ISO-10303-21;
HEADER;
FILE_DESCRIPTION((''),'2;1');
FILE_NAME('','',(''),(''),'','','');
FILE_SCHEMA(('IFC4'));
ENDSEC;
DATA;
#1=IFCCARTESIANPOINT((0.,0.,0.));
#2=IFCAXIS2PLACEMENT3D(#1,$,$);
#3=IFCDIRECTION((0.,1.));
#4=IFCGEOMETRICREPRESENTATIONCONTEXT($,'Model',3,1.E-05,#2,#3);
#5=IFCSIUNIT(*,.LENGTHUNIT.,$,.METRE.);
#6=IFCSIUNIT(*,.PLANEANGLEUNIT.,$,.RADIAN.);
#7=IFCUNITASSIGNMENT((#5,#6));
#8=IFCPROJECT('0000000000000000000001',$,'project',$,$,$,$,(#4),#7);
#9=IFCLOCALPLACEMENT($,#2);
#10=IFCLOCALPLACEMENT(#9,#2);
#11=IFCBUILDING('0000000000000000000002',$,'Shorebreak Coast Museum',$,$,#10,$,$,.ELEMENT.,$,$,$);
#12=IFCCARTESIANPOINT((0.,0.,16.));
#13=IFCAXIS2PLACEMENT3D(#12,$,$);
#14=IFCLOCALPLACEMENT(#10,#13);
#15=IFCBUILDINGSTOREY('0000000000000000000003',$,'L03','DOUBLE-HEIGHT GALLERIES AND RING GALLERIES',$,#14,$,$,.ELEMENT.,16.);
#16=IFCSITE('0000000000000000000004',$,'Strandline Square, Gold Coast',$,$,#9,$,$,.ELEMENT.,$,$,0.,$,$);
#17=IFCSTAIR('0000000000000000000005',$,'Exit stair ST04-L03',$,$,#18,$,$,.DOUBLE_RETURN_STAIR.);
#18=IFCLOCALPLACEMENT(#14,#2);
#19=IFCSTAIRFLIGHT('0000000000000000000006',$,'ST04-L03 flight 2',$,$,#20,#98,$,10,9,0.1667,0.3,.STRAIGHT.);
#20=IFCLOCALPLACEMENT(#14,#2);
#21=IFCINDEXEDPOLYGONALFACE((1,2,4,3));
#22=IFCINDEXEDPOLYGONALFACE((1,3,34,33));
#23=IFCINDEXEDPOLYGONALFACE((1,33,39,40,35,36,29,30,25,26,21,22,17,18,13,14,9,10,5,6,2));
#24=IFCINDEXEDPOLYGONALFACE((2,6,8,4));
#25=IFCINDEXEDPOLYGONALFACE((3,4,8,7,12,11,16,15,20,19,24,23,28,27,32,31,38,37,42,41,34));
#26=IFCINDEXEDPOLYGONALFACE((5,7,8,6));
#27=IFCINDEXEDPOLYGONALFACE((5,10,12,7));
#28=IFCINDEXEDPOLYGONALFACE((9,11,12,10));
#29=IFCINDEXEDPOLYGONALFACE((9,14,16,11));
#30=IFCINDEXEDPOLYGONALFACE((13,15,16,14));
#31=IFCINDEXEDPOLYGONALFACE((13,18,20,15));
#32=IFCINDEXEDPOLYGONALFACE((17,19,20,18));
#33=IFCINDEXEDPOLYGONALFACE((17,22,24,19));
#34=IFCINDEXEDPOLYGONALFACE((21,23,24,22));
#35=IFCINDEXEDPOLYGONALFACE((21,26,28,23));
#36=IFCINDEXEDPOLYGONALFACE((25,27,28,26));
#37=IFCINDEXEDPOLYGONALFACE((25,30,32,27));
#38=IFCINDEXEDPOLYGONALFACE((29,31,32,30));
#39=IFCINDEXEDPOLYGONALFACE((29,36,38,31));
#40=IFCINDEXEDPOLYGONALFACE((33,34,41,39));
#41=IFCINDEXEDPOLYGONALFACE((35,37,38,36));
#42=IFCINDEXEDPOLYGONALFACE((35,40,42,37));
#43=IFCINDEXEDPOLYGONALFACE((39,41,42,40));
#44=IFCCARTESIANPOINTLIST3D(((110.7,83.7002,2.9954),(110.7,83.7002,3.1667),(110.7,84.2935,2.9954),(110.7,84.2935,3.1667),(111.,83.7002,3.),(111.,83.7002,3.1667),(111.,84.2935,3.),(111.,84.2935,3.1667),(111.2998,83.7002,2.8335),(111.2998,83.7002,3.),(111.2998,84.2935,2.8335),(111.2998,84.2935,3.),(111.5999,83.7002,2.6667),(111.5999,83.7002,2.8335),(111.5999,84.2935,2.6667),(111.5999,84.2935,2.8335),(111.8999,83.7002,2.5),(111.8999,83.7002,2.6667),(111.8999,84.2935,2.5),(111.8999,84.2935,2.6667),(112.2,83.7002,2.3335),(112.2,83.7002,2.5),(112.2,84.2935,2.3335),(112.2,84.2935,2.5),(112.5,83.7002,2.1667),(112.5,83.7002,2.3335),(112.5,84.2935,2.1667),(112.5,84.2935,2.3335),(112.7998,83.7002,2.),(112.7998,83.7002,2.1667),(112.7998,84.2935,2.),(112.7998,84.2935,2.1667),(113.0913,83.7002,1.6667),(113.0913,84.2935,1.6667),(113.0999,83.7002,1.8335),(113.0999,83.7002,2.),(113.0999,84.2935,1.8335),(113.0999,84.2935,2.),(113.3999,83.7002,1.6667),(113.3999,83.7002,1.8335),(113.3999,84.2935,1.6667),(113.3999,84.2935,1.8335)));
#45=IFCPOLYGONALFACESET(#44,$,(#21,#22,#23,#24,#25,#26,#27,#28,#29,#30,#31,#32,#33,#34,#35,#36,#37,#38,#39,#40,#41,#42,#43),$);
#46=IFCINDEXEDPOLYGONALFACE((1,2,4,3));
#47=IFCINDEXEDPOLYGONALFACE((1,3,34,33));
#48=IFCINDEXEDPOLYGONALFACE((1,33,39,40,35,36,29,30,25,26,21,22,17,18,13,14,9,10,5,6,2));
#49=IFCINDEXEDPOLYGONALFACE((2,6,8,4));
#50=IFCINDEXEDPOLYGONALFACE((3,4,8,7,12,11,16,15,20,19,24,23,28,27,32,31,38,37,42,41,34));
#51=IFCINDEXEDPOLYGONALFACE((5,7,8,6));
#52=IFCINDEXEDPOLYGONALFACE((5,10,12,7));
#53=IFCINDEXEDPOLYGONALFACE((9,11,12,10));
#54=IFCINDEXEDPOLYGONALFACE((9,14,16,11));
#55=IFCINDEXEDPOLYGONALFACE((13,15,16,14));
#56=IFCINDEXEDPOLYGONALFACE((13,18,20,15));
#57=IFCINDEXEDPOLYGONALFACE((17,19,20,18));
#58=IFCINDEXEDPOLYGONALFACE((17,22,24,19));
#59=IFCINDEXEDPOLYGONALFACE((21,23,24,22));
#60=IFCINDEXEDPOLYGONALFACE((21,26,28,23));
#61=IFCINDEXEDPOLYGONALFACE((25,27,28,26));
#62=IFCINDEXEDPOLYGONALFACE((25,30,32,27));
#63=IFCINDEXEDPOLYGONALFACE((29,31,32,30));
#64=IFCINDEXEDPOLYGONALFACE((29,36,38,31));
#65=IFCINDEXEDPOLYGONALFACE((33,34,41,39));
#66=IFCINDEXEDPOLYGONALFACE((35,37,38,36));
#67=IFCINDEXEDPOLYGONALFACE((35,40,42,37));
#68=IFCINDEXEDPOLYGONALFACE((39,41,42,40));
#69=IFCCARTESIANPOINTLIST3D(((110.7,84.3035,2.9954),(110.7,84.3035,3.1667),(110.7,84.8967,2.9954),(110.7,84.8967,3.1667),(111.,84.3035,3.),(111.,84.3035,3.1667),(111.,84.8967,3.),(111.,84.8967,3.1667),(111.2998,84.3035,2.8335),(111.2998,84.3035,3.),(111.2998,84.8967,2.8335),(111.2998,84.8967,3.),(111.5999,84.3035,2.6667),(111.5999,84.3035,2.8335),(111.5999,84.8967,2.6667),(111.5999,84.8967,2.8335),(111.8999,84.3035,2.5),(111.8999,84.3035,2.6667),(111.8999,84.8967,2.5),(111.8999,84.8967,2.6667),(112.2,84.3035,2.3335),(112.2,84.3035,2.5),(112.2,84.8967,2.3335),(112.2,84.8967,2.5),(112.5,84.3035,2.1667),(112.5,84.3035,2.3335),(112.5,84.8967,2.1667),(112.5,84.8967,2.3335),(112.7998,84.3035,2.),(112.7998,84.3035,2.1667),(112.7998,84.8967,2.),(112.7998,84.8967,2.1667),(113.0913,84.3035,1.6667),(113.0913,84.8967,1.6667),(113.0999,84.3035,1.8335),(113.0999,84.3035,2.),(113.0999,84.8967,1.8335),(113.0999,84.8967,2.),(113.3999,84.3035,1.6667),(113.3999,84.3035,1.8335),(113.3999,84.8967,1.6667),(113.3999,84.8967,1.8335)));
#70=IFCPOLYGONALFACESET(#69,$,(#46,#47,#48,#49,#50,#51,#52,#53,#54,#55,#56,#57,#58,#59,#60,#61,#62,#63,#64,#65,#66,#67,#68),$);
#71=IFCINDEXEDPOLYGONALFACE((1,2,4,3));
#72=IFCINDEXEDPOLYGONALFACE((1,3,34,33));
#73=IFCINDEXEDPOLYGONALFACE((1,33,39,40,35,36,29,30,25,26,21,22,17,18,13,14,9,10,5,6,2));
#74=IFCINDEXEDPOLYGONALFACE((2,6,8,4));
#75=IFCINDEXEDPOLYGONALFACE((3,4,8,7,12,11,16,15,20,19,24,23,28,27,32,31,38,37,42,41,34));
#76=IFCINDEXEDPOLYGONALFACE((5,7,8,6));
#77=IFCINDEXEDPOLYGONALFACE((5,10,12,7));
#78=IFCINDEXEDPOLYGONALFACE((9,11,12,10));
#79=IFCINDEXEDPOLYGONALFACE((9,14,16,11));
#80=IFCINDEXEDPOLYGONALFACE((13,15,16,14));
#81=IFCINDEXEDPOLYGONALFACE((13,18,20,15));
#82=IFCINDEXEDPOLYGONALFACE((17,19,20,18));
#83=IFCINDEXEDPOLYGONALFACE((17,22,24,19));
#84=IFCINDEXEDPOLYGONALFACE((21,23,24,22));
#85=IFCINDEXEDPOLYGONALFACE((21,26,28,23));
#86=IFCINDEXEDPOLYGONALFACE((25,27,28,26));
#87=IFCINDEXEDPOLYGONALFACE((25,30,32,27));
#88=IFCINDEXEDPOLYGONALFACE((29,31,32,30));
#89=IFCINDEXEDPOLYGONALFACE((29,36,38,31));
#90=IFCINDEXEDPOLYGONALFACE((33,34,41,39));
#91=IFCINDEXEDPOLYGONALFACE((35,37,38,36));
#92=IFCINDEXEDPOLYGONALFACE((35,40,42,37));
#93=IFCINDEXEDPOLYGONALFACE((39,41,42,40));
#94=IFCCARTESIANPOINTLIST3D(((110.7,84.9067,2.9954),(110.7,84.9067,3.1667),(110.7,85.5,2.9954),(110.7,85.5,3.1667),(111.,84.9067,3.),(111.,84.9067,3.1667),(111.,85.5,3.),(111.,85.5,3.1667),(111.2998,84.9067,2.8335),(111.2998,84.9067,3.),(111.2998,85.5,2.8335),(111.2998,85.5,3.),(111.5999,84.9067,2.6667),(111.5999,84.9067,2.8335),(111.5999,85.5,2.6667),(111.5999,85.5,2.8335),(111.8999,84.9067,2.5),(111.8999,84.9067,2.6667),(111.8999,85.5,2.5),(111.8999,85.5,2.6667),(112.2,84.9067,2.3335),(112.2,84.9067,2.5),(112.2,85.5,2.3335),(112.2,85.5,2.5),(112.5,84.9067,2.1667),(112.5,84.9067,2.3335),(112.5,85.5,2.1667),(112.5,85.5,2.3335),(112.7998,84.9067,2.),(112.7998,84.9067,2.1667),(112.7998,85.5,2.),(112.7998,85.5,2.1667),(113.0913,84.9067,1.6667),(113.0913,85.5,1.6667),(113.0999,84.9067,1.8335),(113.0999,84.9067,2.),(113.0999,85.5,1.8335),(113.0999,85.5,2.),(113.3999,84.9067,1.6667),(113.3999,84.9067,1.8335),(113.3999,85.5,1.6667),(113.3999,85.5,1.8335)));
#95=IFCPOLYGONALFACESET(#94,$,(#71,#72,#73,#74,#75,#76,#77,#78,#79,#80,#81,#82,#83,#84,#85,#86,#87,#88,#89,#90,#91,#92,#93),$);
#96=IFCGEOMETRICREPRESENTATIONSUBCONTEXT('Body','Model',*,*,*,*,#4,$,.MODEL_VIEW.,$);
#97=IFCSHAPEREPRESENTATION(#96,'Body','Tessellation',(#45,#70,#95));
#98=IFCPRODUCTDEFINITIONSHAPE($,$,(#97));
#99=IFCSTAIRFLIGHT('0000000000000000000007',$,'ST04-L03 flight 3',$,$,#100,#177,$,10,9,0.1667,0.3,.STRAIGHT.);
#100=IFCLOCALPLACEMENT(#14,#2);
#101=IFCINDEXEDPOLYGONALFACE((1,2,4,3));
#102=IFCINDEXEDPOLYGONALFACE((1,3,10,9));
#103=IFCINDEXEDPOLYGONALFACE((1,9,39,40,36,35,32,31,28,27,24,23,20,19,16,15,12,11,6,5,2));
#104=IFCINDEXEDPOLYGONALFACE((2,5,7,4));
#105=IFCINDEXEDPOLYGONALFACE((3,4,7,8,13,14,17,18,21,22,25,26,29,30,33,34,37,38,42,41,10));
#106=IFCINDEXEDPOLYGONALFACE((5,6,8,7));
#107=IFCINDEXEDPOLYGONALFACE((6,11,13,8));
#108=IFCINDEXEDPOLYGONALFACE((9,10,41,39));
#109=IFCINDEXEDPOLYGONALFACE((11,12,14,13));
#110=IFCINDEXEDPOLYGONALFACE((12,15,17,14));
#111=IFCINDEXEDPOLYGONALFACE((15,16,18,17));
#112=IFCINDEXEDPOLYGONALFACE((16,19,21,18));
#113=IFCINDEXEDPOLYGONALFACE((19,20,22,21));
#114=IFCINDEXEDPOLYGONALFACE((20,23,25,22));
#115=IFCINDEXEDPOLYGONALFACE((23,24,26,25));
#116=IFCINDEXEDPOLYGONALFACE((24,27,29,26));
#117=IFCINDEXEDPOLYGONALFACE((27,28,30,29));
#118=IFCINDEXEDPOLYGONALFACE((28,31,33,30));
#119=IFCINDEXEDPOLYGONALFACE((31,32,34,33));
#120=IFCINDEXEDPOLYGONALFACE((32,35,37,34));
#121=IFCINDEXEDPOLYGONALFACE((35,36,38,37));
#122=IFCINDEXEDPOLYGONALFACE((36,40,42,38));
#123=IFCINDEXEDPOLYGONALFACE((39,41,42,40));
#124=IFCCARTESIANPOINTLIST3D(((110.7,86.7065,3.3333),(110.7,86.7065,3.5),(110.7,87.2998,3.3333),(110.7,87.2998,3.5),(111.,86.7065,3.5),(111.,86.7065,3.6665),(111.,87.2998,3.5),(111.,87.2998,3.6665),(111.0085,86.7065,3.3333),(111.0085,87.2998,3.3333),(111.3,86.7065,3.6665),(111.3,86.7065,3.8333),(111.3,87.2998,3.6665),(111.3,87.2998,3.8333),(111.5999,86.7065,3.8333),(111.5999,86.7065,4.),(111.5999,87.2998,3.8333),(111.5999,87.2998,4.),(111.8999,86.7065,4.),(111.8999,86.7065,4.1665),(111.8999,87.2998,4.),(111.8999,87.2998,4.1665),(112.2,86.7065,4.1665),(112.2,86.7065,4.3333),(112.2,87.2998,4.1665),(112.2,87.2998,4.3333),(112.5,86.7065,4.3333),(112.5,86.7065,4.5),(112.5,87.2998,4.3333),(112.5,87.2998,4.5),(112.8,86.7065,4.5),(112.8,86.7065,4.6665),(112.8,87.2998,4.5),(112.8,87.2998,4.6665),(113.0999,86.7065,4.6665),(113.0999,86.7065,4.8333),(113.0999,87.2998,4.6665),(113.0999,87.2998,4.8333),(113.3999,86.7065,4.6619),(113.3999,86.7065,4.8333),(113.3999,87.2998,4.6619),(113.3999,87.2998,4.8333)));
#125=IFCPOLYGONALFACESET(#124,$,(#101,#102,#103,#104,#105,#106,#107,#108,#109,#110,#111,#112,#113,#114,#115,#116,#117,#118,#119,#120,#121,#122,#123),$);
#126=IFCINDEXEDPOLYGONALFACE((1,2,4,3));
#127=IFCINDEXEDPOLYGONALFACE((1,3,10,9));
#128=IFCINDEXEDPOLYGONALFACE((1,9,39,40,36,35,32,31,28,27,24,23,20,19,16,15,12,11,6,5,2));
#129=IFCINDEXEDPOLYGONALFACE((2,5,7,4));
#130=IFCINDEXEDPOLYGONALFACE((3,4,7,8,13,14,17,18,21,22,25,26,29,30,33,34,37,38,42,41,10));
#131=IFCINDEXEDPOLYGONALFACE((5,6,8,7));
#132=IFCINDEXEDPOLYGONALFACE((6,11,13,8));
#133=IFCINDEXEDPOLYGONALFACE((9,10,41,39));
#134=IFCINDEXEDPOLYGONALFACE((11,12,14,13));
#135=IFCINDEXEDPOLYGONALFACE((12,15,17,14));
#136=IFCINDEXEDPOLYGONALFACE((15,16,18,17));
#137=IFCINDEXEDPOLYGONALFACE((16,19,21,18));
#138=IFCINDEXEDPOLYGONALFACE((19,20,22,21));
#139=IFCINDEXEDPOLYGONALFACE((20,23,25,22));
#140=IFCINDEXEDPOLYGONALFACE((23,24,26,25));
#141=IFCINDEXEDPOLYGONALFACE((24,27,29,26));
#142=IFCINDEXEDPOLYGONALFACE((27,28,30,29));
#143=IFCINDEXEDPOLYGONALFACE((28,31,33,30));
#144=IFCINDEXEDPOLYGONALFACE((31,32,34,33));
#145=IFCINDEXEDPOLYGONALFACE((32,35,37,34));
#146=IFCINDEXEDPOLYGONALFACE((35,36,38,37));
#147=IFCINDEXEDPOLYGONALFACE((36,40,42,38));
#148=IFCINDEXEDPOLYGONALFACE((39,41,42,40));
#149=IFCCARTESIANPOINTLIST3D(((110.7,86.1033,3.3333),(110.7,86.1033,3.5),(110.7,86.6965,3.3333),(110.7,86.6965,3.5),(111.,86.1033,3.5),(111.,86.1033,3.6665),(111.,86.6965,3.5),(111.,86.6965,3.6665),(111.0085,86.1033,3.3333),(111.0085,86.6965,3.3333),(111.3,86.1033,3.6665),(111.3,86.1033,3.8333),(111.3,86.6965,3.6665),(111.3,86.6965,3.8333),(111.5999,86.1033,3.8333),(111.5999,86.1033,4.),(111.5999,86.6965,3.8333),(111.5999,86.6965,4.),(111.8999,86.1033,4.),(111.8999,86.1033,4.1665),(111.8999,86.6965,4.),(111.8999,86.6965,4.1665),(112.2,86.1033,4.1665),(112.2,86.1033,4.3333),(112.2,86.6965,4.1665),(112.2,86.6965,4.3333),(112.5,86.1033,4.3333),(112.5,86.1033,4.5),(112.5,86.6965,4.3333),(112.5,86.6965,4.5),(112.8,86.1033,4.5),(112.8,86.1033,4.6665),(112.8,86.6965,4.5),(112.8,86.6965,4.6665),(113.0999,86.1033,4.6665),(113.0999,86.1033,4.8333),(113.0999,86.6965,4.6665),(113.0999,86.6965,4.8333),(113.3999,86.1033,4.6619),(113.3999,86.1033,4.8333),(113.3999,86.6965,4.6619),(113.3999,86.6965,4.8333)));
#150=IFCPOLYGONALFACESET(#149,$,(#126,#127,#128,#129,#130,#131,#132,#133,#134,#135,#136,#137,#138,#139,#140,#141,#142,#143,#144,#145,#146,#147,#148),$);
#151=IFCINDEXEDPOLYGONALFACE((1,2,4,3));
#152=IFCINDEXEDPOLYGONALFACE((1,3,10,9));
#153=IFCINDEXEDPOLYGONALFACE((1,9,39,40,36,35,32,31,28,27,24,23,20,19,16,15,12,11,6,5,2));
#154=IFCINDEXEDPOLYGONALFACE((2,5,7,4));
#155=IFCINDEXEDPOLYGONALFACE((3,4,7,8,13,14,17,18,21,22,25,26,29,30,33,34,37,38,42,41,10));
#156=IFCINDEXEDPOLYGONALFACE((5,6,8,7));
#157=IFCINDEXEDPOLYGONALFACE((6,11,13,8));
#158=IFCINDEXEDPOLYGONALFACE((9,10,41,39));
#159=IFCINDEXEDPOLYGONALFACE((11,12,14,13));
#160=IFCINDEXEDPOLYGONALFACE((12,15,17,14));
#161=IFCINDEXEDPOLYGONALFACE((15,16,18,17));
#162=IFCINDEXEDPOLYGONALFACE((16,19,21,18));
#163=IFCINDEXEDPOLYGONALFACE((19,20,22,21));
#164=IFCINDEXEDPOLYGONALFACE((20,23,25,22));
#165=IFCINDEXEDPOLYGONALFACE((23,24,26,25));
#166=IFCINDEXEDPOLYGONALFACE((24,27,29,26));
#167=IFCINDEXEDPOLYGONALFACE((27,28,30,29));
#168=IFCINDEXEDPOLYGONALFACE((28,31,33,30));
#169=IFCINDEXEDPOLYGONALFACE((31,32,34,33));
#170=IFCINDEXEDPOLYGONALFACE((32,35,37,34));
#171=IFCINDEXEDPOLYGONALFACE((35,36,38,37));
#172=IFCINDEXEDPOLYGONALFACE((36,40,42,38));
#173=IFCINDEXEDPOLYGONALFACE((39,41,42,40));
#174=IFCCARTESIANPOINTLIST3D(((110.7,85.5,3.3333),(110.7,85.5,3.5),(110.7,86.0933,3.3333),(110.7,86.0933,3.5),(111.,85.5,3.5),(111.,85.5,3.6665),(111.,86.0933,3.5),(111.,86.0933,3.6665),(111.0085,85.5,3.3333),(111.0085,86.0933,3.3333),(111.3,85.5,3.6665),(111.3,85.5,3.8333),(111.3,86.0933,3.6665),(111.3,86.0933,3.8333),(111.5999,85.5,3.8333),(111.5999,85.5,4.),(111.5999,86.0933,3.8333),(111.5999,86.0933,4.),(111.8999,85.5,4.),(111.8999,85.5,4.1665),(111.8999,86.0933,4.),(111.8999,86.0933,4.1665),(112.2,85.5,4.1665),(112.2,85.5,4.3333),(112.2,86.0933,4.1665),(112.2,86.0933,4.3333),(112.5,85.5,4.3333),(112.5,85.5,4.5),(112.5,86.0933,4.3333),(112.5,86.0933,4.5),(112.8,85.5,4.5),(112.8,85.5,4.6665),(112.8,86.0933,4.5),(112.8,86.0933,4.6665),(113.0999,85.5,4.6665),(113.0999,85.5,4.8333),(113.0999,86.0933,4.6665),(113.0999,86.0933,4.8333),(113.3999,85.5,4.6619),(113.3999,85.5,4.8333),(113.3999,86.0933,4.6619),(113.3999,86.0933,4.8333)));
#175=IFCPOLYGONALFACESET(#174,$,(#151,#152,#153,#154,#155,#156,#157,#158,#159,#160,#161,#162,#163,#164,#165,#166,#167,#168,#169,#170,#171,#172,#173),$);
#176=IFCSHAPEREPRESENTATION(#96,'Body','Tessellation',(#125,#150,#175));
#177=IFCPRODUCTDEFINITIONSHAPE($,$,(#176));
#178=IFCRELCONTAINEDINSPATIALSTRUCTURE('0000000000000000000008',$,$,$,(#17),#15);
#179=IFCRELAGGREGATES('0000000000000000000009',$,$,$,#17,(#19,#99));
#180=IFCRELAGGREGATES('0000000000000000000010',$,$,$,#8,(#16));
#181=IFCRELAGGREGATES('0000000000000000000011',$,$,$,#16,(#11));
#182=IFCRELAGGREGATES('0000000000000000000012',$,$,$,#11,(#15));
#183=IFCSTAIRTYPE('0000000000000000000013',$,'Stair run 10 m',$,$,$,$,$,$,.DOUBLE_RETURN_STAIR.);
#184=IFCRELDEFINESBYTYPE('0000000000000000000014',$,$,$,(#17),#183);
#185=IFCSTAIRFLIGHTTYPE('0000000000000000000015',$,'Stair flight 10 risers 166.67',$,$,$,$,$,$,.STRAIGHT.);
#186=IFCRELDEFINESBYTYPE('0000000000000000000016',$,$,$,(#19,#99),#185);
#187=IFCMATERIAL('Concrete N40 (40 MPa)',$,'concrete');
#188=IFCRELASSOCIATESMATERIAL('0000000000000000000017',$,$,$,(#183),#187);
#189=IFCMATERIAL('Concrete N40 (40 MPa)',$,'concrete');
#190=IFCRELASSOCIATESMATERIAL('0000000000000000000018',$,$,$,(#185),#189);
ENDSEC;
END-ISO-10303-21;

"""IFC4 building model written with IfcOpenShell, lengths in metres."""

from ifc_helpers import new_model, si_unit, direction, frame, origin, place, context, subcontext, project, spatial, polyline, outline, extrude, material, type_object, element, aggregate, save


model = new_model("IFC4")

# Units and contexts
model_context = context("Model", 3, precision=1e-05, world=origin(), true_north=direction((0.0, 1.0)))
body_context = subcontext(model_context, "Body", "Model", "MODEL_VIEW")
ifc_project = project(units=[si_unit("LENGTHUNIT", "METRE"), si_unit("PLANEANGLEUNIT", "RADIAN")], contexts=[model_context])

# Site, building, storey
site_placement = place(None, origin())
site = spatial("IfcSite", under=ifc_project, at=site_placement, Name="Strandline Square, Gold Coast", CompositionType="ELEMENT", RefElevation=0.0)
building_placement = place(site_placement, origin())
building = spatial("IfcBuilding", under=site, at=building_placement, Name="Shorebreak Coast Museum", CompositionType="ELEMENT")
storey_placement = place(building_placement, frame((0.0, 0.0, 16.0)))
storey = spatial("IfcBuildingStorey", under=building, at=storey_placement, Name="L03", Description="DOUBLE-HEIGHT GALLERIES AND RING GALLERIES", CompositionType="ELEMENT", Elevation=16.0)

# Stair, stair flights
ifc_material_1 = material(Name="Concrete N40 (40 MPa)", Category="concrete")
stair_type = type_object("IfcStairType", Name="Stair run 10 m", PredefinedType="DOUBLE_RETURN_STAIR", material=ifc_material_1)
stair_placement = place(storey_placement, origin())
stair = element("IfcStair", 1, at=stair_placement, inside=storey, type_object=stair_type, Name="Exit stair ST04-L03", PredefinedType="DOUBLE_RETURN_STAIR")
ifc_material_2 = material(Name="Concrete N40 (40 MPa)", Category="concrete")
stair_flight_type = type_object("IfcStairFlightType", Name="Stair flight 10 risers 166.67", PredefinedType="STRAIGHT", material=ifc_material_2)
stair_flight_1_placement = place(storey_placement, frame((113.3999, 84.6001, 1.6667), z_axis=(0.0, 0.0, 1.0), x_axis=(-1.0, 0.0, 0.0)))
stair_flight_1 = element("IfcStairFlight", 2, at=stair_flight_1_placement, type_object=stair_flight_type, Name="ST04-L03 flight 2", NumberOfRisers=10, NumberOfTreads=9, PredefinedType="STRAIGHT", RiserHeight=0.1667, TreadLength=0.3, context=body_context, shape_type="SweptSolid", body=[
    extrude(outline(polyline([(0.0, 0.0), (0.0, 0.1667), (0.3, 0.1667), (0.3, 0.3333), (0.6001, 0.3333), (0.6001, 0.5), (0.8999, 0.5), (0.8999, 0.6667), (1.2, 0.6667), (1.2, 0.8333), (1.5, 0.8333), (1.5, 1.0), (1.8, 1.0), (1.8, 1.1667), (2.1001, 1.1667), (2.1001, 1.3333), (2.3999, 1.3333), (2.3999, 1.5), (2.7, 1.5), (2.7, 1.6667), (2.7, 1.3286), (0.3086, 0.0), (0.0, 0.0)])), frame((0.0, 0.8999, 0.0), z_axis=(0.0, -1.0, 0.0), x_axis=(1.0, 0.0, 0.0)), (0.0, 0.0, 1.0), 0.5933),
    extrude(outline(polyline([(0.0, 0.0), (0.0, 0.1667), (0.3, 0.1667), (0.3, 0.3333), (0.6001, 0.3333), (0.6001, 0.5), (0.8999, 0.5), (0.8999, 0.6667), (1.2, 0.6667), (1.2, 0.8333), (1.5, 0.8333), (1.5, 1.0), (1.8, 1.0), (1.8, 1.1667), (2.1001, 1.1667), (2.1001, 1.3333), (2.3999, 1.3333), (2.3999, 1.5), (2.7, 1.5), (2.7, 1.6667), (2.7, 1.3286), (0.3086, 0.0), (0.0, 0.0)])), frame((0.0, 0.2966, 0.0), z_axis=(0.0, -1.0, 0.0), x_axis=(1.0, 0.0, 0.0)), (0.0, 0.0, 1.0), 0.5933),
    extrude(outline(polyline([(0.0, 0.0), (0.0, 0.1667), (0.3, 0.1667), (0.3, 0.3333), (0.6001, 0.3333), (0.6001, 0.5), (0.8999, 0.5), (0.8999, 0.6667), (1.2, 0.6667), (1.2, 0.8333), (1.5, 0.8333), (1.5, 1.0), (1.8, 1.0), (1.8, 1.1667), (2.1001, 1.1667), (2.1001, 1.3333), (2.3999, 1.3333), (2.3999, 1.5), (2.7, 1.5), (2.7, 1.6667), (2.7, 1.3286), (0.3086, 0.0), (0.0, 0.0)])), frame((0.0, -0.3066, 0.0), z_axis=(0.0, -1.0, 0.0), x_axis=(1.0, 0.0, 0.0)), (0.0, 0.0, 1.0), 0.5933),
])
stair_flight_2_placement = place(storey_placement, frame((110.7, 86.3999, 3.3333), z_axis=(0.0, 0.0, 1.0), x_axis=(1.0, 0.0, 0.0)))
stair_flight_2 = element("IfcStairFlight", 3, at=stair_flight_2_placement, type_object=stair_flight_type, Name="ST04-L03 flight 3", NumberOfRisers=10, NumberOfTreads=9, PredefinedType="STRAIGHT", RiserHeight=0.1667, TreadLength=0.3, context=body_context, shape_type="SweptSolid", body=[
    extrude(outline(polyline([(0.0, 0.0), (0.0, 0.1667), (0.3, 0.1667), (0.3, 0.3333), (0.6001, 0.3333), (0.6001, 0.5), (0.8999, 0.5), (0.8999, 0.6667), (1.2, 0.6667), (1.2, 0.8333), (1.5, 0.8333), (1.5, 1.0), (1.8, 1.0), (1.8, 1.1667), (2.1001, 1.1667), (2.1001, 1.3333), (2.3999, 1.3333), (2.3999, 1.5), (2.7, 1.5), (2.7, 1.6667), (2.7, 1.3286), (0.3086, 0.0), (0.0, 0.0)])), frame((0.0, 0.8999, 0.0), z_axis=(0.0, -1.0, 0.0), x_axis=(1.0, 0.0, 0.0)), (0.0, 0.0, 1.0), 0.5933),
    extrude(outline(polyline([(0.0, 0.0), (0.0, 0.1667), (0.3, 0.1667), (0.3, 0.3333), (0.6001, 0.3333), (0.6001, 0.5), (0.8999, 0.5), (0.8999, 0.6667), (1.2, 0.6667), (1.2, 0.8333), (1.5, 0.8333), (1.5, 1.0), (1.8, 1.0), (1.8, 1.1667), (2.1001, 1.1667), (2.1001, 1.3333), (2.3999, 1.3333), (2.3999, 1.5), (2.7, 1.5), (2.7, 1.6667), (2.7, 1.3286), (0.3086, 0.0), (0.0, 0.0)])), frame((0.0, 0.2966, 0.0), z_axis=(0.0, -1.0, 0.0), x_axis=(1.0, 0.0, 0.0)), (0.0, 0.0, 1.0), 0.5933),
    extrude(outline(polyline([(0.0, 0.0), (0.0, 0.1667), (0.3, 0.1667), (0.3, 0.3333), (0.6001, 0.3333), (0.6001, 0.5), (0.8999, 0.5), (0.8999, 0.6667), (1.2, 0.6667), (1.2, 0.8333), (1.5, 0.8333), (1.5, 1.0), (1.8, 1.0), (1.8, 1.1667), (2.1001, 1.1667), (2.1001, 1.3333), (2.3999, 1.3333), (2.3999, 1.5), (2.7, 1.5), (2.7, 1.6667), (2.7, 1.3286), (0.3086, 0.0), (0.0, 0.0)])), frame((0.0, -0.3066, 0.0), z_axis=(0.0, -1.0, 0.0), x_axis=(1.0, 0.0, 0.0)), (0.0, 0.0, 1.0), 0.5933),
])
aggregate(stair, [stair_flight_1, stair_flight_2])

save(model, "model.ifc")
